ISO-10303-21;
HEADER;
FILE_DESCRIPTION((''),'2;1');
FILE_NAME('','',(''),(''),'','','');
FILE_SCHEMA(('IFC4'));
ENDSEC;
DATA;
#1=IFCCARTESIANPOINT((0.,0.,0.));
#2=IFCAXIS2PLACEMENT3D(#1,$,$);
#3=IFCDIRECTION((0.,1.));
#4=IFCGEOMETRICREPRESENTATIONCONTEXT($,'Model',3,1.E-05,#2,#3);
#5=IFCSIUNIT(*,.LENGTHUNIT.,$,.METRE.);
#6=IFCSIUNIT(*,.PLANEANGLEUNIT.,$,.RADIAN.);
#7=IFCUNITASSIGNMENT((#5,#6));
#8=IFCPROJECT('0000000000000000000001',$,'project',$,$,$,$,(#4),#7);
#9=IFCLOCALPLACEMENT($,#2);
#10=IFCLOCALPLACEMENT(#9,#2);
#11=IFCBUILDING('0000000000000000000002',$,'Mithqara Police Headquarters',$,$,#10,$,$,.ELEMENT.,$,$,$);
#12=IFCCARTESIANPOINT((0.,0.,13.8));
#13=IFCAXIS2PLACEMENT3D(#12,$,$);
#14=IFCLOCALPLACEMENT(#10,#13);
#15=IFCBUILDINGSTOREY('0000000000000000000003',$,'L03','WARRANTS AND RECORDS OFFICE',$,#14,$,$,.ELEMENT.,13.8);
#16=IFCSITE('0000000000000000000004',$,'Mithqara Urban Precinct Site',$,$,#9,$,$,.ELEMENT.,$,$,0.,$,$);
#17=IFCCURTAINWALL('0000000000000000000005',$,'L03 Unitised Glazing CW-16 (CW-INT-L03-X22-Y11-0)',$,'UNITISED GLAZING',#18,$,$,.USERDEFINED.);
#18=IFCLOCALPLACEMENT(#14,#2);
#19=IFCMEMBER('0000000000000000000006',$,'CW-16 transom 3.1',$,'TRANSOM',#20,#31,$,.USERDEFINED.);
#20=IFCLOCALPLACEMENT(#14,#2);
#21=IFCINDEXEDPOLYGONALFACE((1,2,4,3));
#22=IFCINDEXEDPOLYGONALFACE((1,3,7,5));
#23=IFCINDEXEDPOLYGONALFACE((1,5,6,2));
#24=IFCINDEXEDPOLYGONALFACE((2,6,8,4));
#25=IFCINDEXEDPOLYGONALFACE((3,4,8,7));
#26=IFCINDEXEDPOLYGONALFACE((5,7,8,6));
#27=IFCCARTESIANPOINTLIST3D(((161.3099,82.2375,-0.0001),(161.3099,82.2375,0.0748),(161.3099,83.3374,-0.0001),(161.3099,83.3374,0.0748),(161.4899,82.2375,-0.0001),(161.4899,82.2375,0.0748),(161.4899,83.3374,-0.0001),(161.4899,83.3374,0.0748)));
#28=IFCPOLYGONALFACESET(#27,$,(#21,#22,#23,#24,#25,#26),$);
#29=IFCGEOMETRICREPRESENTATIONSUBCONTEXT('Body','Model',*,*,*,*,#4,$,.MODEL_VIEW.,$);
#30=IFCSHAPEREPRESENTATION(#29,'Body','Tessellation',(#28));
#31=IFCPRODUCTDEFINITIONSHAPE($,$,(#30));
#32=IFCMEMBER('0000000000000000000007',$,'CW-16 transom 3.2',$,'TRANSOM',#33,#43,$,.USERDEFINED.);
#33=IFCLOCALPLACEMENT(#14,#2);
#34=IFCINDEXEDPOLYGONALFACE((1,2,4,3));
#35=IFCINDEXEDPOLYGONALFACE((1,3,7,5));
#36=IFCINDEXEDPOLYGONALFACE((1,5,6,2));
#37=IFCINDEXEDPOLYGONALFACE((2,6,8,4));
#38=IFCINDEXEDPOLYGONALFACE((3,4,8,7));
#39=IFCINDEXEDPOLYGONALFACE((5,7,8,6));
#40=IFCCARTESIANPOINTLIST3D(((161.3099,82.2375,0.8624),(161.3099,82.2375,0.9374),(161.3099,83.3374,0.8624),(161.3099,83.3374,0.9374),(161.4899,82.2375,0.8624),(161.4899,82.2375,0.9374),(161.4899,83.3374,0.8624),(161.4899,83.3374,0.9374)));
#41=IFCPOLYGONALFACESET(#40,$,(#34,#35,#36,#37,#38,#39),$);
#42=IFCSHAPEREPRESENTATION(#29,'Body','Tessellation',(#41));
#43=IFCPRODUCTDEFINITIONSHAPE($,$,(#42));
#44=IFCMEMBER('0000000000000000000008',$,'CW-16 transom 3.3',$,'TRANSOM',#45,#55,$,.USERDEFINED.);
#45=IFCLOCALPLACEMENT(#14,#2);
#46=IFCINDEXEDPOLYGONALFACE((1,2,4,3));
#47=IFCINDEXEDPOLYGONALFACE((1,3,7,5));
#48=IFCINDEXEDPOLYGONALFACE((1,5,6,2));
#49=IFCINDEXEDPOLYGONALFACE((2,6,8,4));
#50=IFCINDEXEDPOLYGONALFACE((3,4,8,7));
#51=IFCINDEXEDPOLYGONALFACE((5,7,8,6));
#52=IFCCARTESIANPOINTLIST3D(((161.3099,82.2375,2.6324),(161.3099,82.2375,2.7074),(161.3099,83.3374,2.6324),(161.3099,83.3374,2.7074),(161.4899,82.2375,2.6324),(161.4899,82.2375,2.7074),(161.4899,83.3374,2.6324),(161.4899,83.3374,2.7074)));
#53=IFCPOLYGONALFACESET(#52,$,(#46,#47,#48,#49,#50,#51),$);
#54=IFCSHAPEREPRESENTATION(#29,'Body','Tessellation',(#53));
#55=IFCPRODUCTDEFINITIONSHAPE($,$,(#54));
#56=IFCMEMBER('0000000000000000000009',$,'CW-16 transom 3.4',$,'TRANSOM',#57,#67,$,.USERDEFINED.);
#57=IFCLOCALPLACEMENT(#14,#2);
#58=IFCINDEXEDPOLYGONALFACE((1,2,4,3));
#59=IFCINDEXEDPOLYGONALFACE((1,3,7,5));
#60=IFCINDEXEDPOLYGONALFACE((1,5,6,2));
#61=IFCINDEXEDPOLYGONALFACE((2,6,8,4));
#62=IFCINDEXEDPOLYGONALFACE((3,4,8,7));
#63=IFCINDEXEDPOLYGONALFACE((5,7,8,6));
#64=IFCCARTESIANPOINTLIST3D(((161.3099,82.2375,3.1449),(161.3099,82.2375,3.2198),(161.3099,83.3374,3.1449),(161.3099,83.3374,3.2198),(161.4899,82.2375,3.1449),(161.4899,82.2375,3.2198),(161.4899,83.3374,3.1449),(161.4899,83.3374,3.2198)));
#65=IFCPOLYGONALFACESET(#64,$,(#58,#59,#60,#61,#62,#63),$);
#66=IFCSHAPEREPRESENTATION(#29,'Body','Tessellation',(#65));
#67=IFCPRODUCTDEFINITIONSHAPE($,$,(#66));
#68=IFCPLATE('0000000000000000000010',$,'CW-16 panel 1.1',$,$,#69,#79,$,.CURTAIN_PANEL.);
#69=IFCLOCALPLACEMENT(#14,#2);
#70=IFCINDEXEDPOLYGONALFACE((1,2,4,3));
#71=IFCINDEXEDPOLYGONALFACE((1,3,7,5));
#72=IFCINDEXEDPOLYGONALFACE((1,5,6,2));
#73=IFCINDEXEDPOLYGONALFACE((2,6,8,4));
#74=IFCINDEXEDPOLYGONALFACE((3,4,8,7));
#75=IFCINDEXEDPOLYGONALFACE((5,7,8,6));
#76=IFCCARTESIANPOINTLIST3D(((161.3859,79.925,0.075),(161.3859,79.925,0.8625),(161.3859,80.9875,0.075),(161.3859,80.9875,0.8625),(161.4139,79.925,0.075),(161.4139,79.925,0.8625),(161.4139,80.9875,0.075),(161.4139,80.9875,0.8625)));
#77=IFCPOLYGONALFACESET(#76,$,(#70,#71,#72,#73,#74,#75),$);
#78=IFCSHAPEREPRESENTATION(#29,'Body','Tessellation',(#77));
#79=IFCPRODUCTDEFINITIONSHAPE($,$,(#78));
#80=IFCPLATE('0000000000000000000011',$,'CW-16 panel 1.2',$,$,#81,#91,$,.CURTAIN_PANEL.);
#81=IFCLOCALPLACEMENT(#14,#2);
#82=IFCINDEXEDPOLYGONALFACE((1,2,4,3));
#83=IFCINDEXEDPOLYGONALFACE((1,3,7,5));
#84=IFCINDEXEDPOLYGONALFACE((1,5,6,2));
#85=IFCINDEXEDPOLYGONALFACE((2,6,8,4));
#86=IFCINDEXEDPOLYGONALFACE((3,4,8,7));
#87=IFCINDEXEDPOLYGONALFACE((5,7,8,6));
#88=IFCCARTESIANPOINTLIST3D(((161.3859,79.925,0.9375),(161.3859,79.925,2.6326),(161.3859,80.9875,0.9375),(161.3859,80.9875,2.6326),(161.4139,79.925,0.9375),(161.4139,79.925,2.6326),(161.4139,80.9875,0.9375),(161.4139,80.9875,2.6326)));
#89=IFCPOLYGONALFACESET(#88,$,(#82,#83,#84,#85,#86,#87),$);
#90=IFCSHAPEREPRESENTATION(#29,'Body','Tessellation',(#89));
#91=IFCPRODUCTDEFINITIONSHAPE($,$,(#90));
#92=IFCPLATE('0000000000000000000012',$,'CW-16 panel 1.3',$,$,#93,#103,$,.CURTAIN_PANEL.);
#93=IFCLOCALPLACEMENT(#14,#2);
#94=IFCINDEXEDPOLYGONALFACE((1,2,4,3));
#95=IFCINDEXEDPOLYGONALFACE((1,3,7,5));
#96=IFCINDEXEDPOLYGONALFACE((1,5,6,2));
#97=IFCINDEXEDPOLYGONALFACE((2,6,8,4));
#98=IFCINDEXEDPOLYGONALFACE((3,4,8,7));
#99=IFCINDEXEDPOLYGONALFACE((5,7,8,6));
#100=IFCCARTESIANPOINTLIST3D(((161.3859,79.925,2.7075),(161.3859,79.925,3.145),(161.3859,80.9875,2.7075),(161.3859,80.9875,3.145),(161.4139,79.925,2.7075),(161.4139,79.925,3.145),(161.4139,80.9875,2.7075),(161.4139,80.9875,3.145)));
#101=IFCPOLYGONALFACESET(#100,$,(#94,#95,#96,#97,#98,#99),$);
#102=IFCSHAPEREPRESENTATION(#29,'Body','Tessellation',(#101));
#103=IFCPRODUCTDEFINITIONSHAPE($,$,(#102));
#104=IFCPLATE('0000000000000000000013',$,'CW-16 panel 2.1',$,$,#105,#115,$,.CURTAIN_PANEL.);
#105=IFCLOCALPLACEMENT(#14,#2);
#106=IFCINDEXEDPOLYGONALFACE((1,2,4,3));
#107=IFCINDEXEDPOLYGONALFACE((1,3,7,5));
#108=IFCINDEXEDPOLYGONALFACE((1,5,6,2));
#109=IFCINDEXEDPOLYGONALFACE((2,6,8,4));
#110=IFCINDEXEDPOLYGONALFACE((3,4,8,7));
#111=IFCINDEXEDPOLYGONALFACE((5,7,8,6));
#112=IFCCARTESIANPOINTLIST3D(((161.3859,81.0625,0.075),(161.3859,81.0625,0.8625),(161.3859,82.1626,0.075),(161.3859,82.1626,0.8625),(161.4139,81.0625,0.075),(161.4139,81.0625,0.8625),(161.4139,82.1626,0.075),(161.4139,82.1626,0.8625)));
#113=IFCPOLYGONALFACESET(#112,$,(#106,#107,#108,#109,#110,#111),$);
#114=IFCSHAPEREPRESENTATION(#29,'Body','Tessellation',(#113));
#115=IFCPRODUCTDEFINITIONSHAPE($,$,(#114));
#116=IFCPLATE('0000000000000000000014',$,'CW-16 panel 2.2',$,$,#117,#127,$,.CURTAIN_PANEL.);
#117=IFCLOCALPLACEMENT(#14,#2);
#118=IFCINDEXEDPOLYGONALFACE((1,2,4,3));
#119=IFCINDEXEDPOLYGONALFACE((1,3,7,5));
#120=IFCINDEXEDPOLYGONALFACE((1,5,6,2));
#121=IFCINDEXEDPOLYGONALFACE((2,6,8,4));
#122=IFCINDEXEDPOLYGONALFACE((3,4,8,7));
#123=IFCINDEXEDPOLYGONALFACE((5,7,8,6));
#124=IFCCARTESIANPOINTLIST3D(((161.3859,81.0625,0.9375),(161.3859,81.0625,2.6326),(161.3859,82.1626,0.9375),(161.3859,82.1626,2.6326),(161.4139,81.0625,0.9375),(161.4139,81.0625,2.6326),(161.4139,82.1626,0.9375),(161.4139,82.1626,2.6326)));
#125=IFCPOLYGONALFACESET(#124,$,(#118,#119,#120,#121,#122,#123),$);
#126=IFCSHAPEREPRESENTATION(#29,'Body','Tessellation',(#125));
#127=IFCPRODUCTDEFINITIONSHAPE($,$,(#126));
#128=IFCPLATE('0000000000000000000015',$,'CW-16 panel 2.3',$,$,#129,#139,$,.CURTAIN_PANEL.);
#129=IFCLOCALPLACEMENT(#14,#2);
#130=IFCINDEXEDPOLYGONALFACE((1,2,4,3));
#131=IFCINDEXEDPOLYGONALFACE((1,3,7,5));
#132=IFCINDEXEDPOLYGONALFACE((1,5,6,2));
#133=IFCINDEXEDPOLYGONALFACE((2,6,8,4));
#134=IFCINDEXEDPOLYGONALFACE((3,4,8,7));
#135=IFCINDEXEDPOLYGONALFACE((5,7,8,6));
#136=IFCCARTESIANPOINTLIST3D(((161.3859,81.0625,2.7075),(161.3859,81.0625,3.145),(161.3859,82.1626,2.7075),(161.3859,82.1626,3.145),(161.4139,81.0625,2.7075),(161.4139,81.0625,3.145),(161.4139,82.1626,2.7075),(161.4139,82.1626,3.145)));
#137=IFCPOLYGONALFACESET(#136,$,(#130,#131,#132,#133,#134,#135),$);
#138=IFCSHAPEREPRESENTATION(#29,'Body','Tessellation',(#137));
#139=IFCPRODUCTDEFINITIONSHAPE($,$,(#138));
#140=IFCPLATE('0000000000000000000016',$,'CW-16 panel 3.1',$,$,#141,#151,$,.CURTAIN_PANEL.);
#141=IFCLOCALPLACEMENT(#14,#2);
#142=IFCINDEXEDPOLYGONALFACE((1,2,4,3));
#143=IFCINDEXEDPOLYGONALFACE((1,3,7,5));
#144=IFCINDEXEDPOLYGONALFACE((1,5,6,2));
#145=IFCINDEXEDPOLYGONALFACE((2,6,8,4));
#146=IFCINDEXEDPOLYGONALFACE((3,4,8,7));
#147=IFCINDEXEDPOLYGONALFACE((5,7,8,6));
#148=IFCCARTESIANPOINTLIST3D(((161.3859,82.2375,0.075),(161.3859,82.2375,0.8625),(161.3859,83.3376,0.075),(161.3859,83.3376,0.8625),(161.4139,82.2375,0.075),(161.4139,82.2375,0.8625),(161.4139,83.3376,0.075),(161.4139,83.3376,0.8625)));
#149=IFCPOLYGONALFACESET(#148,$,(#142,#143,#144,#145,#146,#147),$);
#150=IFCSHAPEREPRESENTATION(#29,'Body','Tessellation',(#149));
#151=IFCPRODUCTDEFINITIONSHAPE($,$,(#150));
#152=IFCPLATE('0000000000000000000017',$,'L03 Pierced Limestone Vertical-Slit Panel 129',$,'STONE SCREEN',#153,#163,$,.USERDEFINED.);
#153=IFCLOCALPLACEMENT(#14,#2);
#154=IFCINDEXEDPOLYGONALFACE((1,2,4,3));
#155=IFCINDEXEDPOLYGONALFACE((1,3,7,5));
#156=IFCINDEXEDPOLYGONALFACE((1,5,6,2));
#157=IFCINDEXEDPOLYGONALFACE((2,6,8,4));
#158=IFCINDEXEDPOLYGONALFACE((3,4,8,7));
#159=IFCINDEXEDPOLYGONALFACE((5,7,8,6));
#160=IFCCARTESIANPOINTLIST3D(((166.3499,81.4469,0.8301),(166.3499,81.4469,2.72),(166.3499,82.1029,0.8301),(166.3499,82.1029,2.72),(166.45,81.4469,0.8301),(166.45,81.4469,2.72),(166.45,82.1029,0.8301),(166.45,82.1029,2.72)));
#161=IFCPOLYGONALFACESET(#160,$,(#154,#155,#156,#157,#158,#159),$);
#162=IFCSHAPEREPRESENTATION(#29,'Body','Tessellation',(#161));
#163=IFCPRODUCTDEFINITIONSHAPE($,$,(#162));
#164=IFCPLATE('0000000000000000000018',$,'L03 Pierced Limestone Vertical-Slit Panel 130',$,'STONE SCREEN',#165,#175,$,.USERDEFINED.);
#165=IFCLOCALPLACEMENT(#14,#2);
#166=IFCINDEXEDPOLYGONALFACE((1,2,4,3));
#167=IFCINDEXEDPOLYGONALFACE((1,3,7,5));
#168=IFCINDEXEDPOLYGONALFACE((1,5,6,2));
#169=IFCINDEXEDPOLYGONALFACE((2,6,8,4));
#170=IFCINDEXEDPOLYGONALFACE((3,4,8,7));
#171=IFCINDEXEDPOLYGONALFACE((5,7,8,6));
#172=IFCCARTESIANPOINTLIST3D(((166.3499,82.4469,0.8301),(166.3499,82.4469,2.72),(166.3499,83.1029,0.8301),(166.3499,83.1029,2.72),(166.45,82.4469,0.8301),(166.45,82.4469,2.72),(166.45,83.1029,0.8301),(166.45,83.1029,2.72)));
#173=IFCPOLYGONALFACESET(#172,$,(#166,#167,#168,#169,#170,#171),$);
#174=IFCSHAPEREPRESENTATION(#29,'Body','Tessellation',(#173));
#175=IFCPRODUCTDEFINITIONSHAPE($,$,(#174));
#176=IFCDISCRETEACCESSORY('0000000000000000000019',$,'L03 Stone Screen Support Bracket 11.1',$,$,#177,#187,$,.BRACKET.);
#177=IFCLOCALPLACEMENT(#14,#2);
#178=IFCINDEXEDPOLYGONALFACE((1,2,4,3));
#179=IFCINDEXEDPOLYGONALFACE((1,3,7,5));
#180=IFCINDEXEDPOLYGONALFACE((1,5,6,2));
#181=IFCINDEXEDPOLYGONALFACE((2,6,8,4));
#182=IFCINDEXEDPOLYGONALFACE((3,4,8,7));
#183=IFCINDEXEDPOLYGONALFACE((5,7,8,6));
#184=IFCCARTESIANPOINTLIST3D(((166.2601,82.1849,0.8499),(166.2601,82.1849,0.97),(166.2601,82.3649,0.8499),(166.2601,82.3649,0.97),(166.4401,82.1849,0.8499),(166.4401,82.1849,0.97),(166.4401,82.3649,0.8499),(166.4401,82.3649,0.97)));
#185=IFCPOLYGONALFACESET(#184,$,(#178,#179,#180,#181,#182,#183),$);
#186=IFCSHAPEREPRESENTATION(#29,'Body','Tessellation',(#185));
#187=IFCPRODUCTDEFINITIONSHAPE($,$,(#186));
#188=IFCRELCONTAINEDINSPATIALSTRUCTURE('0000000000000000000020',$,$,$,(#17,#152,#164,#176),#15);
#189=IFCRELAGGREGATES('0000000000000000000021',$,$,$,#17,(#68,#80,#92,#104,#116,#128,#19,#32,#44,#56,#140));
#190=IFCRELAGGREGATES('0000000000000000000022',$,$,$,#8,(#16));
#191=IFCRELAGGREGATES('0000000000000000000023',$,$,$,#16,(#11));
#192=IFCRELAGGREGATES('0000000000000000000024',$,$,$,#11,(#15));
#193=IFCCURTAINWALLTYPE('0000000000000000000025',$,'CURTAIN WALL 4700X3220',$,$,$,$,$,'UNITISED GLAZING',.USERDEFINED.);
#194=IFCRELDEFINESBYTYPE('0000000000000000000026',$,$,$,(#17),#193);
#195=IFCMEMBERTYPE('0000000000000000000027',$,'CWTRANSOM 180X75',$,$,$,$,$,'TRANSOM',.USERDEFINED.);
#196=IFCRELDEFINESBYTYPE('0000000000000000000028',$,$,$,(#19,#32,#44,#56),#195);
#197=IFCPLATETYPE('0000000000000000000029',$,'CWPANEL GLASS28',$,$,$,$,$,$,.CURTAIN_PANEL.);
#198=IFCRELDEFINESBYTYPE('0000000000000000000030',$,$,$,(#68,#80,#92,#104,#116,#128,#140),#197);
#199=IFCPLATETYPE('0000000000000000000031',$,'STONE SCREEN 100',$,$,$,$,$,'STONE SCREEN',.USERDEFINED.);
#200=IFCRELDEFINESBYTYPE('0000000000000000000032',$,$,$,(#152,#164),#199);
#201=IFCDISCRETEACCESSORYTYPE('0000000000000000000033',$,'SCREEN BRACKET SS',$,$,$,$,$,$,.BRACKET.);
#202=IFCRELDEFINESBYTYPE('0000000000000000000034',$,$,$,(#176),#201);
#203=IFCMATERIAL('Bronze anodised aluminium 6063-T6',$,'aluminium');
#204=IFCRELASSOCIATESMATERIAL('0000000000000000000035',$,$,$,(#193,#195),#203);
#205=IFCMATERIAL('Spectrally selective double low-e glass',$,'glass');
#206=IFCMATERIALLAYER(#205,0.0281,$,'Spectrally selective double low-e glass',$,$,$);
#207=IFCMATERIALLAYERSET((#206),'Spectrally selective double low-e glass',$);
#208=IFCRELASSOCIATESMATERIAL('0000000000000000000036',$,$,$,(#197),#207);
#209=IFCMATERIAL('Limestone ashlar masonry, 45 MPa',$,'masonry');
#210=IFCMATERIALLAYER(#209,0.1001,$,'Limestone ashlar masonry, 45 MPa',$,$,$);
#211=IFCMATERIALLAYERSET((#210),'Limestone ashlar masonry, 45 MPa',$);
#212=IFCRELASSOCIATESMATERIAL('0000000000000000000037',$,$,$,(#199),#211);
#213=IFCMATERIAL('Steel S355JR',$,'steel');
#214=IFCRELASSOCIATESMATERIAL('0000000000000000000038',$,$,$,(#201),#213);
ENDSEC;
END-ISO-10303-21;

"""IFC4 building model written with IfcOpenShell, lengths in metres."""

from ifc_helpers import new_model, si_unit, direction, frame, origin, origin_2d, place, context, subcontext, project, spatial, rectangle, extrude, material, layer, layer_set, material_profile, profile_set, type_object, element, aggregate, save


model = new_model("IFC4")

# Units and contexts
model_context = context("Model", 3, precision=1e-05, world=origin(), true_north=direction((0.0, 1.0)))
body_context = subcontext(model_context, "Body", "Model", "MODEL_VIEW")
ifc_project = project(units=[si_unit("LENGTHUNIT", "METRE"), si_unit("PLANEANGLEUNIT", "RADIAN")], contexts=[model_context])

# Site, building, storey
site_placement = place(None, origin())
site = spatial("IfcSite", under=ifc_project, at=site_placement, Name="Mithqara Urban Precinct Site", CompositionType="ELEMENT", RefElevation=0.0)
building_placement = place(site_placement, origin())
building = spatial("IfcBuilding", under=site, at=building_placement, Name="Mithqara Police Headquarters", CompositionType="ELEMENT")
storey_placement = place(building_placement, frame((0.0, 0.0, 13.8)))
storey = spatial("IfcBuildingStorey", under=building, at=storey_placement, Name="L03", Description="WARRANTS AND RECORDS OFFICE", CompositionType="ELEMENT", Elevation=13.8)

# Shared definitions
ifc_material_1 = material(Name="Steel S355JR", Category="steel")

# Curtain wall, members, plates
ifc_material_2 = material(Name="Bronze anodised aluminium 6063-T6", Category="aluminium")
curtain_wall_type = type_object("IfcCurtainWallType", Name="CURTAIN WALL 4700X3220", ElementType="UNITISED GLAZING", PredefinedType="USERDEFINED", material=ifc_material_2)
curtain_wall_placement = place(storey_placement, origin())
curtain_wall = element("IfcCurtainWall", 1, at=curtain_wall_placement, inside=storey, type_object=curtain_wall_type, Name="L03 Unitised Glazing CW-16 (CW-INT-L03-X22-Y11-0)", ObjectType="UNITISED GLAZING", PredefinedType="USERDEFINED")
ifc_material_profile_1 = material_profile(ifc_material_2, rectangle(XDim=0.1799, YDim=0.075, at=origin_2d()), Name="CWT 180x75")
ifc_profile_set_1 = profile_set([ifc_material_profile_1], Name="Bronze anodised aluminium 6063-T6")
member_type_1 = type_object("IfcMemberType", Name="CWTRANSOM 180X75", ElementType="TRANSOM", PredefinedType="USERDEFINED", material=ifc_profile_set_1)
member_1_placement = place(storey_placement, frame((161.3999, 82.2375, 0.0374), z_axis=(0.0, 1.0, 0.0), x_axis=(-1.0, 0.0, 0.0)))
member_1 = element("IfcMember", 2, at=member_1_placement, type_object=member_type_1, Name="CW-16 transom 3.1", ObjectType="TRANSOM", PredefinedType="USERDEFINED", context=body_context, shape_type="SweptSolid", body=[
    extrude(rectangle(XDim=0.1799, YDim=0.075, at=origin_2d()), origin(), (0.0, 0.0, 1.0), 1.0999),
])
member_2_placement = place(storey_placement, frame((161.3999, 82.2375, 0.8999), z_axis=(0.0, 1.0, 0.0), x_axis=(-1.0, 0.0, 0.0)))
member_2 = element("IfcMember", 3, at=member_2_placement, type_object=member_type_1, Name="CW-16 transom 3.2", ObjectType="TRANSOM", PredefinedType="USERDEFINED", context=body_context, shape_type="SweptSolid", body=[
    extrude(rectangle(XDim=0.1799, YDim=0.075, at=origin_2d()), origin(), (0.0, 0.0, 1.0), 1.0999),
])
member_3_placement = place(storey_placement, frame((161.3999, 82.2375, 2.6699), z_axis=(0.0, 1.0, 0.0), x_axis=(-1.0, 0.0, 0.0)))
member_3 = element("IfcMember", 4, at=member_3_placement, type_object=member_type_1, Name="CW-16 transom 3.3", ObjectType="TRANSOM", PredefinedType="USERDEFINED", context=body_context, shape_type="SweptSolid", body=[
    extrude(rectangle(XDim=0.1799, YDim=0.075, at=origin_2d()), origin(), (0.0, 0.0, 1.0), 1.0999),
])
member_4_placement = place(storey_placement, frame((161.3999, 82.2375, 3.1824), z_axis=(0.0, 1.0, 0.0), x_axis=(-1.0, 0.0, 0.0)))
member_4 = element("IfcMember", 5, at=member_4_placement, type_object=member_type_1, Name="CW-16 transom 3.4", ObjectType="TRANSOM", PredefinedType="USERDEFINED", context=body_context, shape_type="SweptSolid", body=[
    extrude(rectangle(XDim=0.1799, YDim=0.075, at=origin_2d()), origin(), (0.0, 0.0, 1.0), 1.0999),
])
ifc_material_3 = material(Name="Spectrally selective double low-e glass", Category="glass")
ifc_layer_1 = layer(ifc_material_3, 0.0281, Name="Spectrally selective double low-e glass")
ifc_layer_set_1 = layer_set([ifc_layer_1], Name="Spectrally selective double low-e glass")
plate_type_1 = type_object("IfcPlateType", Name="CWPANEL GLASS28", PredefinedType="CURTAIN_PANEL", material=ifc_layer_set_1)
plate_1_placement = place(storey_placement, frame((161.3999, 80.4563, 0.075), z_axis=(0.0, 0.0, 1.0), x_axis=(0.0, 1.0, 0.0)))
plate_1 = element("IfcPlate", 6, at=plate_1_placement, type_object=plate_type_1, Name="CW-16 panel 1.1", PredefinedType="CURTAIN_PANEL", context=body_context, shape_type="SweptSolid", body=[
    extrude(rectangle(XDim=1.0625, YDim=0.0281, at=origin_2d()), origin(), (0.0, 0.0, 1.0), 0.7876),
])
plate_2_placement = place(storey_placement, frame((161.3999, 80.4563, 0.9375), z_axis=(0.0, 0.0, 1.0), x_axis=(0.0, 1.0, 0.0)))
plate_2 = element("IfcPlate", 7, at=plate_2_placement, type_object=plate_type_1, Name="CW-16 panel 1.2", PredefinedType="CURTAIN_PANEL", context=body_context, shape_type="SweptSolid", body=[
    extrude(rectangle(XDim=1.0625, YDim=0.0281, at=origin_2d()), origin(), (0.0, 0.0, 1.0), 1.6951),
])
plate_3_placement = place(storey_placement, frame((161.3999, 80.4563, 2.7075), z_axis=(0.0, 0.0, 1.0), x_axis=(0.0, 1.0, 0.0)))
plate_3 = element("IfcPlate", 8, at=plate_3_placement, type_object=plate_type_1, Name="CW-16 panel 1.3", PredefinedType="CURTAIN_PANEL", context=body_context, shape_type="SweptSolid", body=[
    extrude(rectangle(XDim=1.0625, YDim=0.0281, at=origin_2d()), origin(), (0.0, 0.0, 1.0), 0.4375),
])
plate_4_placement = place(storey_placement, frame((161.3999, 81.6125, 0.075), z_axis=(0.0, 0.0, 1.0), x_axis=(0.0, 1.0, 0.0)))
plate_4 = element("IfcPlate", 9, at=plate_4_placement, type_object=plate_type_1, Name="CW-16 panel 2.1", PredefinedType="CURTAIN_PANEL", context=body_context, shape_type="SweptSolid", body=[
    extrude(rectangle(XDim=1.1001, YDim=0.0281, at=origin_2d()), origin(), (0.0, 0.0, 1.0), 0.7876),
])
plate_5_placement = place(storey_placement, frame((161.3999, 81.6125, 0.9375), z_axis=(0.0, 0.0, 1.0), x_axis=(0.0, 1.0, 0.0)))
plate_5 = element("IfcPlate", 10, at=plate_5_placement, type_object=plate_type_1, Name="CW-16 panel 2.2", PredefinedType="CURTAIN_PANEL", context=body_context, shape_type="SweptSolid", body=[
    extrude(rectangle(XDim=1.1001, YDim=0.0281, at=origin_2d()), origin(), (0.0, 0.0, 1.0), 1.6951),
])
plate_6_placement = place(storey_placement, frame((161.3999, 81.6125, 2.7075), z_axis=(0.0, 0.0, 1.0), x_axis=(0.0, 1.0, 0.0)))
plate_6 = element("IfcPlate", 11, at=plate_6_placement, type_object=plate_type_1, Name="CW-16 panel 2.3", PredefinedType="CURTAIN_PANEL", context=body_context, shape_type="SweptSolid", body=[
    extrude(rectangle(XDim=1.1001, YDim=0.0281, at=origin_2d()), origin(), (0.0, 0.0, 1.0), 0.4375),
])
plate_7_placement = place(storey_placement, frame((161.3999, 82.7876, 0.075), z_axis=(0.0, 0.0, 1.0), x_axis=(0.0, 1.0, 0.0)))
plate_7 = element("IfcPlate", 12, at=plate_7_placement, type_object=plate_type_1, Name="CW-16 panel 3.1", PredefinedType="CURTAIN_PANEL", context=body_context, shape_type="SweptSolid", body=[
    extrude(rectangle(XDim=1.1001, YDim=0.0281, at=origin_2d()), origin(), (0.0, 0.0, 1.0), 0.7876),
])
aggregate(curtain_wall, [plate_1, plate_2, plate_3, plate_4, plate_5, plate_6, member_1, member_2, member_3, member_4, plate_7])

# Plates
ifc_material_4 = material(Name="Limestone ashlar masonry, 45 MPa", Category="masonry")
ifc_layer_2 = layer(ifc_material_4, 0.1001, Name="Limestone ashlar masonry, 45 MPa")
ifc_layer_set_2 = layer_set([ifc_layer_2], Name="Limestone ashlar masonry, 45 MPa")
plate_type_2 = type_object("IfcPlateType", Name="STONE SCREEN 100", ElementType="STONE SCREEN", PredefinedType="USERDEFINED", material=ifc_layer_set_2)
for number, where, z_axis, x_axis, name in (
    (13, (166.3999, 81.7749, 0.8301), (0.0, 0.0, 1.0), (0.0, 1.0, 0.0), "L03 Pierced Limestone Vertical-Slit Panel 129"),
    (14, (166.3999, 82.7749, 0.8301), (0.0, 0.0, 1.0), (0.0, 1.0, 0.0), "L03 Pierced Limestone Vertical-Slit Panel 130"),
):
    element("IfcPlate", number, at=place(storey_placement, frame(where, z_axis=z_axis, x_axis=x_axis)), inside=storey, type_object=plate_type_2, Name=name, ObjectType="STONE SCREEN", PredefinedType="USERDEFINED", context=body_context, shape_type="SweptSolid", body=[
        extrude(rectangle(XDim=0.656, YDim=0.1001, at=origin_2d()), origin(), (0.0, 0.0, 1.0), 1.8899),
    ])

# Discrete accessory
discrete_accessory_type = type_object("IfcDiscreteAccessoryType", Name="SCREEN BRACKET SS", PredefinedType="BRACKET", material=ifc_material_1)
discrete_accessory_placement = place(storey_placement, frame((166.3501, 82.2749, 0.8499), z_axis=(0.0, 0.0, 1.0), x_axis=(0.0, 1.0, 0.0)))
element("IfcDiscreteAccessory", 15, at=discrete_accessory_placement, inside=storey, type_object=discrete_accessory_type, Name="L03 Stone Screen Support Bracket 11.1", PredefinedType="BRACKET", context=body_context, shape_type="SweptSolid", body=[
    extrude(rectangle(XDim=0.1799, YDim=0.1799, at=origin_2d()), origin(), (0.0, 0.0, 1.0), 0.1201),
])

save(model, "model.ifc")
